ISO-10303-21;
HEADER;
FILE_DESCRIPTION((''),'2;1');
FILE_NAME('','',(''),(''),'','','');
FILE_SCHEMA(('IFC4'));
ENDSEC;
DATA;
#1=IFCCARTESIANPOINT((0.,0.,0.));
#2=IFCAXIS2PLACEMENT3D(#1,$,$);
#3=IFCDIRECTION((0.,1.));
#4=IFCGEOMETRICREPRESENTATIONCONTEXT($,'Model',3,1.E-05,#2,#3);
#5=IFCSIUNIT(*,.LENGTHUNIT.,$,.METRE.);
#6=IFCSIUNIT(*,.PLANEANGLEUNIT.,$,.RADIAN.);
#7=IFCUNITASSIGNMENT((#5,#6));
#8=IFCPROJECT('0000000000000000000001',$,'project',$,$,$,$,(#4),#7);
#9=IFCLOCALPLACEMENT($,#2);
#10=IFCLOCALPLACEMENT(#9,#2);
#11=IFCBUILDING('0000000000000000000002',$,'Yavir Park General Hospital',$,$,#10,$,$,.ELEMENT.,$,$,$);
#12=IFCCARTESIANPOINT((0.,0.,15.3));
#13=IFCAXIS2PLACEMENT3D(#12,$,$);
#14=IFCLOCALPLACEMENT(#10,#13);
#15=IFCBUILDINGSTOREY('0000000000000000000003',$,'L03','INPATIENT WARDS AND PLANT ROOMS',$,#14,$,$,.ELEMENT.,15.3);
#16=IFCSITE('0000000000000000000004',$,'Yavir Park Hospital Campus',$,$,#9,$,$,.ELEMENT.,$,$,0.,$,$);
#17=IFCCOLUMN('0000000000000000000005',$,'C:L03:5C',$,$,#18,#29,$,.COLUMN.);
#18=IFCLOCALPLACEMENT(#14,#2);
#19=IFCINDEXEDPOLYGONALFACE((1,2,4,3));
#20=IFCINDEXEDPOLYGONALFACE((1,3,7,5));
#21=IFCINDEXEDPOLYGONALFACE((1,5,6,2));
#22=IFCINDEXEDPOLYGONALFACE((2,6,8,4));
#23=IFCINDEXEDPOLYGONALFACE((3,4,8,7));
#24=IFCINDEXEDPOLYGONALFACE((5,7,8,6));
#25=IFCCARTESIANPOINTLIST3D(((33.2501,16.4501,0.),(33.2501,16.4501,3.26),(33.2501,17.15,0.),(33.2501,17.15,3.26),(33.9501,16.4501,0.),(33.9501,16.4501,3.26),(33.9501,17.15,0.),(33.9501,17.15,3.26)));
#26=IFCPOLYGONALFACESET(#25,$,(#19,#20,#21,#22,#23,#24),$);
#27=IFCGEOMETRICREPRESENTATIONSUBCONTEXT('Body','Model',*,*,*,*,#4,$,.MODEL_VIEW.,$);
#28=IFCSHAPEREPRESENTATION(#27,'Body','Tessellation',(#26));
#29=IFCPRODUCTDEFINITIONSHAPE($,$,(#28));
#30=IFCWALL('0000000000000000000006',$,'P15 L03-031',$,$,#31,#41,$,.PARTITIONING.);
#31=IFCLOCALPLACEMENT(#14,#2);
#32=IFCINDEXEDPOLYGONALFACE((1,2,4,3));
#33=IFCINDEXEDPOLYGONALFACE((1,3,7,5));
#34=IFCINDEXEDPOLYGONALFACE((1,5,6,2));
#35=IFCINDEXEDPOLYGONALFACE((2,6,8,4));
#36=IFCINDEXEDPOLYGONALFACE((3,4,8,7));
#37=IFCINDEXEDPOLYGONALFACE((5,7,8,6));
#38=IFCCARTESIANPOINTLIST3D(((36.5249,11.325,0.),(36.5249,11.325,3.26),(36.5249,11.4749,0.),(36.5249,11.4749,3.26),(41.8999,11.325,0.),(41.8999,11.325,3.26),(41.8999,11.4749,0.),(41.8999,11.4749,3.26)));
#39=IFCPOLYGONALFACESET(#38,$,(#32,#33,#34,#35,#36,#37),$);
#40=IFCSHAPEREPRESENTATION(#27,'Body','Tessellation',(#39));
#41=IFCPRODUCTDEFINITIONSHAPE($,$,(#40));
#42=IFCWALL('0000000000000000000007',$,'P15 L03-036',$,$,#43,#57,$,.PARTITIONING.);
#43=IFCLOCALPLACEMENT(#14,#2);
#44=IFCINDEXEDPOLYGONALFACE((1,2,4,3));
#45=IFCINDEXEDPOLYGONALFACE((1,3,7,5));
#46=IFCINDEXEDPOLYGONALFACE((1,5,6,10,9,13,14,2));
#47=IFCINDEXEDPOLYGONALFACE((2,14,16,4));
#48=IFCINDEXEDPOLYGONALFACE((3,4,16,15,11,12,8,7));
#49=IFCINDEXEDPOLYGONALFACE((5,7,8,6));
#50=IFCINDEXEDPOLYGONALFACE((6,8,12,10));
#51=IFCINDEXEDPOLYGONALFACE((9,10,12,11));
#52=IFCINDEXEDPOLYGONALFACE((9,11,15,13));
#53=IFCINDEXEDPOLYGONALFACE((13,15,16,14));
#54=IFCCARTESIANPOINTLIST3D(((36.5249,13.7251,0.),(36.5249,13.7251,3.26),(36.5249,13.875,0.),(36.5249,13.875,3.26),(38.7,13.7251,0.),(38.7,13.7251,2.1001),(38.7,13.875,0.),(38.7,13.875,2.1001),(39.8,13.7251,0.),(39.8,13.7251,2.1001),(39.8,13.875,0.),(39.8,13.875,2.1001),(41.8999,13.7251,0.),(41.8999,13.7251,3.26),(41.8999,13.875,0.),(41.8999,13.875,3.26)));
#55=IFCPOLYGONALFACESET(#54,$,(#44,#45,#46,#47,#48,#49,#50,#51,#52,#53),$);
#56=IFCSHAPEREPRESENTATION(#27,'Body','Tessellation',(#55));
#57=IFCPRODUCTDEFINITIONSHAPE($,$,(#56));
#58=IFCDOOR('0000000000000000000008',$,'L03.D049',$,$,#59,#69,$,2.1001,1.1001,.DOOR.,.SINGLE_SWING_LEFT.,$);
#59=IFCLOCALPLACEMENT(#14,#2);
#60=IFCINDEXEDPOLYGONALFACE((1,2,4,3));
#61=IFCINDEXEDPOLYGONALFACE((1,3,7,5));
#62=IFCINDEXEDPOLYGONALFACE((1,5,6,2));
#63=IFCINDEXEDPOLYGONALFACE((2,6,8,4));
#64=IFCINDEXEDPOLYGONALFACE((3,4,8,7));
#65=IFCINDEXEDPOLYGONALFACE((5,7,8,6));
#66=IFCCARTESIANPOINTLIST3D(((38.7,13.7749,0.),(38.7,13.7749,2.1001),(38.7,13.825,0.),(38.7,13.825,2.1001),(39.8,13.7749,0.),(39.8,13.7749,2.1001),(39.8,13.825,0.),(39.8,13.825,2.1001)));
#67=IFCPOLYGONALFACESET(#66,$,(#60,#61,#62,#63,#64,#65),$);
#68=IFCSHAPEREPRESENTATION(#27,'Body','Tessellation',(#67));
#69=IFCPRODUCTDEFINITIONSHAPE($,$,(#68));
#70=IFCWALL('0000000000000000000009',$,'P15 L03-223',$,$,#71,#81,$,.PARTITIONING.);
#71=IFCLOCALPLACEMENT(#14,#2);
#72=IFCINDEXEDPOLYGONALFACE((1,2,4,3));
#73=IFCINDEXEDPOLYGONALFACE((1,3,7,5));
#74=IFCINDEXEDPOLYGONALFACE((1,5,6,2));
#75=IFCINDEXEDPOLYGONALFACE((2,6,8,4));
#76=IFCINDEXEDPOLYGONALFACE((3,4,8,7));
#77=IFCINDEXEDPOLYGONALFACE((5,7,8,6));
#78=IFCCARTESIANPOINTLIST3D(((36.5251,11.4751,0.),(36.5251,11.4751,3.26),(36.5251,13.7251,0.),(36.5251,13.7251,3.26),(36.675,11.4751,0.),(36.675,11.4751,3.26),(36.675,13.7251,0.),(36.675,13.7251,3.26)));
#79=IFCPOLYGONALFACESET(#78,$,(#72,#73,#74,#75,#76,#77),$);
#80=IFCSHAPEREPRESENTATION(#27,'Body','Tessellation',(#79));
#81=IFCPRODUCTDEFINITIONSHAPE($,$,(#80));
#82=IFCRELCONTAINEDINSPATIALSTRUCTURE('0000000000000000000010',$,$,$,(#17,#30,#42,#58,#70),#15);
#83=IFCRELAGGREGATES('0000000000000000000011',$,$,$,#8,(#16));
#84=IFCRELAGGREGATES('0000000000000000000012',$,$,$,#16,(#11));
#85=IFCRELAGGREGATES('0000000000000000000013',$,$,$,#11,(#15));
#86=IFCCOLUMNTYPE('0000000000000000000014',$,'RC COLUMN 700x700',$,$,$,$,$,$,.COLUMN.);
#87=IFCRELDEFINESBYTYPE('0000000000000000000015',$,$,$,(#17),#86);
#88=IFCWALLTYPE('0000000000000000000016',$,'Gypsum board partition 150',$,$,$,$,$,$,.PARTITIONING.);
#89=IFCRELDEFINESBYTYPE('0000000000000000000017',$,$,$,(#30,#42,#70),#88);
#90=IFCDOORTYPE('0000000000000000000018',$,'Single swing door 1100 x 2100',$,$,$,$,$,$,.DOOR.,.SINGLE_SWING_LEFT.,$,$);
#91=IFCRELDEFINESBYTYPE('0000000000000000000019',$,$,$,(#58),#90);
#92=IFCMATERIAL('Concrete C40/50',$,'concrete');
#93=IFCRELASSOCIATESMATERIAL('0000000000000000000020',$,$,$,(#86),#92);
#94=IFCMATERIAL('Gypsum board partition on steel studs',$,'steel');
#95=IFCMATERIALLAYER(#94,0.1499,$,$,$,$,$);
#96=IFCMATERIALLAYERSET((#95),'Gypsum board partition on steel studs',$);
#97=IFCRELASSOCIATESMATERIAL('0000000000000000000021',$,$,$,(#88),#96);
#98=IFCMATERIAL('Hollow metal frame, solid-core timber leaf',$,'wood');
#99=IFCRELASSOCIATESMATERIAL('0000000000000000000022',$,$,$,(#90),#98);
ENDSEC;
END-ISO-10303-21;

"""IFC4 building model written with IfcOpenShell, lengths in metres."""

from ifc_helpers import new_model, si_unit, direction, frame, frame_2d, origin, origin_2d, place, context, subcontext, project, spatial, rectangle, extrude, material, layer, layer_set, material_profile, profile_set, type_object, element, fill, save


model = new_model("IFC4")

# Units and contexts
model_context = context("Model", 3, precision=1e-05, world=origin(), true_north=direction((0.0, 1.0)))
body_context = subcontext(model_context, "Body", "Model", "MODEL_VIEW")
ifc_project = project(units=[si_unit("LENGTHUNIT", "METRE"), si_unit("PLANEANGLEUNIT", "RADIAN")], contexts=[model_context])

# Site, building, storey
site_placement = place(None, origin())
site = spatial("IfcSite", under=ifc_project, at=site_placement, Name="Yavir Park Hospital Campus", CompositionType="ELEMENT", RefElevation=0.0)
building_placement = place(site_placement, origin())
building = spatial("IfcBuilding", under=site, at=building_placement, Name="Yavir Park General Hospital", CompositionType="ELEMENT")
storey_placement = place(building_placement, frame((0.0, 0.0, 15.3)))
storey = spatial("IfcBuildingStorey", under=building, at=storey_placement, Name="L03", Description="INPATIENT WARDS AND PLANT ROOMS", CompositionType="ELEMENT", Elevation=15.3)

# Column
ifc_material_1 = material(Name="Concrete C40/50", Category="concrete")
ifc_material_profile = material_profile(ifc_material_1, rectangle(XDim=0.7, YDim=0.7, at=origin_2d()), Name="RC700x700")
ifc_profile_set = profile_set([ifc_material_profile], Name="Concrete C40/50")
column_type = type_object("IfcColumnType", Name="RC COLUMN 700x700", PredefinedType="COLUMN", material=ifc_profile_set)
column_placement = place(storey_placement, frame((33.6001, 16.8, 0.0), z_axis=(0.0, 0.0, 1.0), x_axis=(1.0, 0.0, 0.0)))
element("IfcColumn", 1, at=column_placement, inside=storey, type_object=column_type, Name="C:L03:5C", PredefinedType="COLUMN", context=body_context, shape_type="SweptSolid", body=[
    extrude(rectangle(XDim=0.7, YDim=0.7, at=origin_2d()), origin(), (0.0, 0.0, 1.0), 3.26),
])

# Wall
ifc_material_2 = material(Name="Gypsum board partition on steel studs", Category="steel")
ifc_layer = layer(ifc_material_2, 0.1499)
ifc_layer_set = layer_set([ifc_layer], Name="Gypsum board partition on steel studs")
wall_type = type_object("IfcWallType", Name="Gypsum board partition 150", PredefinedType="PARTITIONING", material=ifc_layer_set)
wall_1_placement = place(storey_placement, frame((36.5249, 11.3999, 0.0), z_axis=(0.0, 0.0, 1.0), x_axis=(1.0, 0.0, 0.0)))
element("IfcWall", 2, at=wall_1_placement, inside=storey, type_object=wall_type, Name="P15 L03-031", PredefinedType="PARTITIONING", context=body_context, shape_type="SweptSolid", body=[
    extrude(rectangle(XDim=5.375, YDim=0.1499, at=frame_2d((2.6875, 0.0))), origin(), (0.0, 0.0, 1.0), 3.26),
])

# Wall, opening, door
wall_2_placement = place(storey_placement, frame((36.5249, 13.8, 0.0), z_axis=(0.0, 0.0, 1.0), x_axis=(1.0, 0.0, 0.0)))
wall_2 = element("IfcWall", 3, at=wall_2_placement, inside=storey, type_object=wall_type, Name="P15 L03-036", PredefinedType="PARTITIONING", context=body_context, shape_type="SweptSolid", body=[
    extrude(rectangle(XDim=5.375, YDim=0.1499, at=frame_2d((2.6875, 0.0))), origin(), (0.0, 0.0, 1.0), 3.26),
])
opening_1_placement = place(wall_2_placement, frame((2.175, 0.0, 0.0)))
opening_1 = element("IfcOpeningElement", 4, at=opening_1_placement, cuts=wall_2, PredefinedType="OPENING", context=body_context, shape_type="SweptSolid", body=[
    extrude(rectangle(XDim=1.1001, YDim=2.1001, at=frame_2d((0.55, 1.05))), frame((0.0, 0.085, 0.0), z_axis=(0.0, -1.0, 0.0), x_axis=(1.0, 0.0, 0.0)), (0.0, 0.0, 1.0), 0.1699),
])
ifc_material_3 = material(Name="Hollow metal frame, solid-core timber leaf", Category="wood")
door_type_1 = type_object("IfcDoorType", Name="Single swing door 1100 x 2100", OperationType="SINGLE_SWING_LEFT", PredefinedType="DOOR", material=ifc_material_3)
door_1_placement = place(opening_1_placement, origin())
door_1 = element("IfcDoor", 5, at=door_1_placement, inside=storey, type_object=door_type_1, Name="L03.D049", OperationType="SINGLE_SWING_LEFT", OverallHeight=2.1001, OverallWidth=1.1001, PredefinedType="DOOR", context=body_context, shape_type="SweptSolid", body=[
    extrude(rectangle(XDim=1.1001, YDim=2.1001, at=frame_2d((0.55, 1.05))), frame((0.0, 0.0249, 0.0), z_axis=(0.0, -1.0, 0.0), x_axis=(1.0, 0.0, 0.0)), (0.0, 0.0, 1.0), 0.05),
])
fill(opening_1, door_1)

# Wall
wall_3_placement = place(storey_placement, frame((36.6001, 11.4751, 0.0), z_axis=(0.0, 0.0, 1.0), x_axis=(0.0, 1.0, 0.0)))
element("IfcWall", 6, at=wall_3_placement, inside=storey, type_object=wall_type, Name="P15 L03-223", PredefinedType="PARTITIONING", context=body_context, shape_type="SweptSolid", body=[
    extrude(rectangle(XDim=2.25, YDim=0.1499, at=frame_2d((1.125, 0.0))), origin(), (0.0, 0.0, 1.0), 3.26),
])

save(model, "model.ifc")
